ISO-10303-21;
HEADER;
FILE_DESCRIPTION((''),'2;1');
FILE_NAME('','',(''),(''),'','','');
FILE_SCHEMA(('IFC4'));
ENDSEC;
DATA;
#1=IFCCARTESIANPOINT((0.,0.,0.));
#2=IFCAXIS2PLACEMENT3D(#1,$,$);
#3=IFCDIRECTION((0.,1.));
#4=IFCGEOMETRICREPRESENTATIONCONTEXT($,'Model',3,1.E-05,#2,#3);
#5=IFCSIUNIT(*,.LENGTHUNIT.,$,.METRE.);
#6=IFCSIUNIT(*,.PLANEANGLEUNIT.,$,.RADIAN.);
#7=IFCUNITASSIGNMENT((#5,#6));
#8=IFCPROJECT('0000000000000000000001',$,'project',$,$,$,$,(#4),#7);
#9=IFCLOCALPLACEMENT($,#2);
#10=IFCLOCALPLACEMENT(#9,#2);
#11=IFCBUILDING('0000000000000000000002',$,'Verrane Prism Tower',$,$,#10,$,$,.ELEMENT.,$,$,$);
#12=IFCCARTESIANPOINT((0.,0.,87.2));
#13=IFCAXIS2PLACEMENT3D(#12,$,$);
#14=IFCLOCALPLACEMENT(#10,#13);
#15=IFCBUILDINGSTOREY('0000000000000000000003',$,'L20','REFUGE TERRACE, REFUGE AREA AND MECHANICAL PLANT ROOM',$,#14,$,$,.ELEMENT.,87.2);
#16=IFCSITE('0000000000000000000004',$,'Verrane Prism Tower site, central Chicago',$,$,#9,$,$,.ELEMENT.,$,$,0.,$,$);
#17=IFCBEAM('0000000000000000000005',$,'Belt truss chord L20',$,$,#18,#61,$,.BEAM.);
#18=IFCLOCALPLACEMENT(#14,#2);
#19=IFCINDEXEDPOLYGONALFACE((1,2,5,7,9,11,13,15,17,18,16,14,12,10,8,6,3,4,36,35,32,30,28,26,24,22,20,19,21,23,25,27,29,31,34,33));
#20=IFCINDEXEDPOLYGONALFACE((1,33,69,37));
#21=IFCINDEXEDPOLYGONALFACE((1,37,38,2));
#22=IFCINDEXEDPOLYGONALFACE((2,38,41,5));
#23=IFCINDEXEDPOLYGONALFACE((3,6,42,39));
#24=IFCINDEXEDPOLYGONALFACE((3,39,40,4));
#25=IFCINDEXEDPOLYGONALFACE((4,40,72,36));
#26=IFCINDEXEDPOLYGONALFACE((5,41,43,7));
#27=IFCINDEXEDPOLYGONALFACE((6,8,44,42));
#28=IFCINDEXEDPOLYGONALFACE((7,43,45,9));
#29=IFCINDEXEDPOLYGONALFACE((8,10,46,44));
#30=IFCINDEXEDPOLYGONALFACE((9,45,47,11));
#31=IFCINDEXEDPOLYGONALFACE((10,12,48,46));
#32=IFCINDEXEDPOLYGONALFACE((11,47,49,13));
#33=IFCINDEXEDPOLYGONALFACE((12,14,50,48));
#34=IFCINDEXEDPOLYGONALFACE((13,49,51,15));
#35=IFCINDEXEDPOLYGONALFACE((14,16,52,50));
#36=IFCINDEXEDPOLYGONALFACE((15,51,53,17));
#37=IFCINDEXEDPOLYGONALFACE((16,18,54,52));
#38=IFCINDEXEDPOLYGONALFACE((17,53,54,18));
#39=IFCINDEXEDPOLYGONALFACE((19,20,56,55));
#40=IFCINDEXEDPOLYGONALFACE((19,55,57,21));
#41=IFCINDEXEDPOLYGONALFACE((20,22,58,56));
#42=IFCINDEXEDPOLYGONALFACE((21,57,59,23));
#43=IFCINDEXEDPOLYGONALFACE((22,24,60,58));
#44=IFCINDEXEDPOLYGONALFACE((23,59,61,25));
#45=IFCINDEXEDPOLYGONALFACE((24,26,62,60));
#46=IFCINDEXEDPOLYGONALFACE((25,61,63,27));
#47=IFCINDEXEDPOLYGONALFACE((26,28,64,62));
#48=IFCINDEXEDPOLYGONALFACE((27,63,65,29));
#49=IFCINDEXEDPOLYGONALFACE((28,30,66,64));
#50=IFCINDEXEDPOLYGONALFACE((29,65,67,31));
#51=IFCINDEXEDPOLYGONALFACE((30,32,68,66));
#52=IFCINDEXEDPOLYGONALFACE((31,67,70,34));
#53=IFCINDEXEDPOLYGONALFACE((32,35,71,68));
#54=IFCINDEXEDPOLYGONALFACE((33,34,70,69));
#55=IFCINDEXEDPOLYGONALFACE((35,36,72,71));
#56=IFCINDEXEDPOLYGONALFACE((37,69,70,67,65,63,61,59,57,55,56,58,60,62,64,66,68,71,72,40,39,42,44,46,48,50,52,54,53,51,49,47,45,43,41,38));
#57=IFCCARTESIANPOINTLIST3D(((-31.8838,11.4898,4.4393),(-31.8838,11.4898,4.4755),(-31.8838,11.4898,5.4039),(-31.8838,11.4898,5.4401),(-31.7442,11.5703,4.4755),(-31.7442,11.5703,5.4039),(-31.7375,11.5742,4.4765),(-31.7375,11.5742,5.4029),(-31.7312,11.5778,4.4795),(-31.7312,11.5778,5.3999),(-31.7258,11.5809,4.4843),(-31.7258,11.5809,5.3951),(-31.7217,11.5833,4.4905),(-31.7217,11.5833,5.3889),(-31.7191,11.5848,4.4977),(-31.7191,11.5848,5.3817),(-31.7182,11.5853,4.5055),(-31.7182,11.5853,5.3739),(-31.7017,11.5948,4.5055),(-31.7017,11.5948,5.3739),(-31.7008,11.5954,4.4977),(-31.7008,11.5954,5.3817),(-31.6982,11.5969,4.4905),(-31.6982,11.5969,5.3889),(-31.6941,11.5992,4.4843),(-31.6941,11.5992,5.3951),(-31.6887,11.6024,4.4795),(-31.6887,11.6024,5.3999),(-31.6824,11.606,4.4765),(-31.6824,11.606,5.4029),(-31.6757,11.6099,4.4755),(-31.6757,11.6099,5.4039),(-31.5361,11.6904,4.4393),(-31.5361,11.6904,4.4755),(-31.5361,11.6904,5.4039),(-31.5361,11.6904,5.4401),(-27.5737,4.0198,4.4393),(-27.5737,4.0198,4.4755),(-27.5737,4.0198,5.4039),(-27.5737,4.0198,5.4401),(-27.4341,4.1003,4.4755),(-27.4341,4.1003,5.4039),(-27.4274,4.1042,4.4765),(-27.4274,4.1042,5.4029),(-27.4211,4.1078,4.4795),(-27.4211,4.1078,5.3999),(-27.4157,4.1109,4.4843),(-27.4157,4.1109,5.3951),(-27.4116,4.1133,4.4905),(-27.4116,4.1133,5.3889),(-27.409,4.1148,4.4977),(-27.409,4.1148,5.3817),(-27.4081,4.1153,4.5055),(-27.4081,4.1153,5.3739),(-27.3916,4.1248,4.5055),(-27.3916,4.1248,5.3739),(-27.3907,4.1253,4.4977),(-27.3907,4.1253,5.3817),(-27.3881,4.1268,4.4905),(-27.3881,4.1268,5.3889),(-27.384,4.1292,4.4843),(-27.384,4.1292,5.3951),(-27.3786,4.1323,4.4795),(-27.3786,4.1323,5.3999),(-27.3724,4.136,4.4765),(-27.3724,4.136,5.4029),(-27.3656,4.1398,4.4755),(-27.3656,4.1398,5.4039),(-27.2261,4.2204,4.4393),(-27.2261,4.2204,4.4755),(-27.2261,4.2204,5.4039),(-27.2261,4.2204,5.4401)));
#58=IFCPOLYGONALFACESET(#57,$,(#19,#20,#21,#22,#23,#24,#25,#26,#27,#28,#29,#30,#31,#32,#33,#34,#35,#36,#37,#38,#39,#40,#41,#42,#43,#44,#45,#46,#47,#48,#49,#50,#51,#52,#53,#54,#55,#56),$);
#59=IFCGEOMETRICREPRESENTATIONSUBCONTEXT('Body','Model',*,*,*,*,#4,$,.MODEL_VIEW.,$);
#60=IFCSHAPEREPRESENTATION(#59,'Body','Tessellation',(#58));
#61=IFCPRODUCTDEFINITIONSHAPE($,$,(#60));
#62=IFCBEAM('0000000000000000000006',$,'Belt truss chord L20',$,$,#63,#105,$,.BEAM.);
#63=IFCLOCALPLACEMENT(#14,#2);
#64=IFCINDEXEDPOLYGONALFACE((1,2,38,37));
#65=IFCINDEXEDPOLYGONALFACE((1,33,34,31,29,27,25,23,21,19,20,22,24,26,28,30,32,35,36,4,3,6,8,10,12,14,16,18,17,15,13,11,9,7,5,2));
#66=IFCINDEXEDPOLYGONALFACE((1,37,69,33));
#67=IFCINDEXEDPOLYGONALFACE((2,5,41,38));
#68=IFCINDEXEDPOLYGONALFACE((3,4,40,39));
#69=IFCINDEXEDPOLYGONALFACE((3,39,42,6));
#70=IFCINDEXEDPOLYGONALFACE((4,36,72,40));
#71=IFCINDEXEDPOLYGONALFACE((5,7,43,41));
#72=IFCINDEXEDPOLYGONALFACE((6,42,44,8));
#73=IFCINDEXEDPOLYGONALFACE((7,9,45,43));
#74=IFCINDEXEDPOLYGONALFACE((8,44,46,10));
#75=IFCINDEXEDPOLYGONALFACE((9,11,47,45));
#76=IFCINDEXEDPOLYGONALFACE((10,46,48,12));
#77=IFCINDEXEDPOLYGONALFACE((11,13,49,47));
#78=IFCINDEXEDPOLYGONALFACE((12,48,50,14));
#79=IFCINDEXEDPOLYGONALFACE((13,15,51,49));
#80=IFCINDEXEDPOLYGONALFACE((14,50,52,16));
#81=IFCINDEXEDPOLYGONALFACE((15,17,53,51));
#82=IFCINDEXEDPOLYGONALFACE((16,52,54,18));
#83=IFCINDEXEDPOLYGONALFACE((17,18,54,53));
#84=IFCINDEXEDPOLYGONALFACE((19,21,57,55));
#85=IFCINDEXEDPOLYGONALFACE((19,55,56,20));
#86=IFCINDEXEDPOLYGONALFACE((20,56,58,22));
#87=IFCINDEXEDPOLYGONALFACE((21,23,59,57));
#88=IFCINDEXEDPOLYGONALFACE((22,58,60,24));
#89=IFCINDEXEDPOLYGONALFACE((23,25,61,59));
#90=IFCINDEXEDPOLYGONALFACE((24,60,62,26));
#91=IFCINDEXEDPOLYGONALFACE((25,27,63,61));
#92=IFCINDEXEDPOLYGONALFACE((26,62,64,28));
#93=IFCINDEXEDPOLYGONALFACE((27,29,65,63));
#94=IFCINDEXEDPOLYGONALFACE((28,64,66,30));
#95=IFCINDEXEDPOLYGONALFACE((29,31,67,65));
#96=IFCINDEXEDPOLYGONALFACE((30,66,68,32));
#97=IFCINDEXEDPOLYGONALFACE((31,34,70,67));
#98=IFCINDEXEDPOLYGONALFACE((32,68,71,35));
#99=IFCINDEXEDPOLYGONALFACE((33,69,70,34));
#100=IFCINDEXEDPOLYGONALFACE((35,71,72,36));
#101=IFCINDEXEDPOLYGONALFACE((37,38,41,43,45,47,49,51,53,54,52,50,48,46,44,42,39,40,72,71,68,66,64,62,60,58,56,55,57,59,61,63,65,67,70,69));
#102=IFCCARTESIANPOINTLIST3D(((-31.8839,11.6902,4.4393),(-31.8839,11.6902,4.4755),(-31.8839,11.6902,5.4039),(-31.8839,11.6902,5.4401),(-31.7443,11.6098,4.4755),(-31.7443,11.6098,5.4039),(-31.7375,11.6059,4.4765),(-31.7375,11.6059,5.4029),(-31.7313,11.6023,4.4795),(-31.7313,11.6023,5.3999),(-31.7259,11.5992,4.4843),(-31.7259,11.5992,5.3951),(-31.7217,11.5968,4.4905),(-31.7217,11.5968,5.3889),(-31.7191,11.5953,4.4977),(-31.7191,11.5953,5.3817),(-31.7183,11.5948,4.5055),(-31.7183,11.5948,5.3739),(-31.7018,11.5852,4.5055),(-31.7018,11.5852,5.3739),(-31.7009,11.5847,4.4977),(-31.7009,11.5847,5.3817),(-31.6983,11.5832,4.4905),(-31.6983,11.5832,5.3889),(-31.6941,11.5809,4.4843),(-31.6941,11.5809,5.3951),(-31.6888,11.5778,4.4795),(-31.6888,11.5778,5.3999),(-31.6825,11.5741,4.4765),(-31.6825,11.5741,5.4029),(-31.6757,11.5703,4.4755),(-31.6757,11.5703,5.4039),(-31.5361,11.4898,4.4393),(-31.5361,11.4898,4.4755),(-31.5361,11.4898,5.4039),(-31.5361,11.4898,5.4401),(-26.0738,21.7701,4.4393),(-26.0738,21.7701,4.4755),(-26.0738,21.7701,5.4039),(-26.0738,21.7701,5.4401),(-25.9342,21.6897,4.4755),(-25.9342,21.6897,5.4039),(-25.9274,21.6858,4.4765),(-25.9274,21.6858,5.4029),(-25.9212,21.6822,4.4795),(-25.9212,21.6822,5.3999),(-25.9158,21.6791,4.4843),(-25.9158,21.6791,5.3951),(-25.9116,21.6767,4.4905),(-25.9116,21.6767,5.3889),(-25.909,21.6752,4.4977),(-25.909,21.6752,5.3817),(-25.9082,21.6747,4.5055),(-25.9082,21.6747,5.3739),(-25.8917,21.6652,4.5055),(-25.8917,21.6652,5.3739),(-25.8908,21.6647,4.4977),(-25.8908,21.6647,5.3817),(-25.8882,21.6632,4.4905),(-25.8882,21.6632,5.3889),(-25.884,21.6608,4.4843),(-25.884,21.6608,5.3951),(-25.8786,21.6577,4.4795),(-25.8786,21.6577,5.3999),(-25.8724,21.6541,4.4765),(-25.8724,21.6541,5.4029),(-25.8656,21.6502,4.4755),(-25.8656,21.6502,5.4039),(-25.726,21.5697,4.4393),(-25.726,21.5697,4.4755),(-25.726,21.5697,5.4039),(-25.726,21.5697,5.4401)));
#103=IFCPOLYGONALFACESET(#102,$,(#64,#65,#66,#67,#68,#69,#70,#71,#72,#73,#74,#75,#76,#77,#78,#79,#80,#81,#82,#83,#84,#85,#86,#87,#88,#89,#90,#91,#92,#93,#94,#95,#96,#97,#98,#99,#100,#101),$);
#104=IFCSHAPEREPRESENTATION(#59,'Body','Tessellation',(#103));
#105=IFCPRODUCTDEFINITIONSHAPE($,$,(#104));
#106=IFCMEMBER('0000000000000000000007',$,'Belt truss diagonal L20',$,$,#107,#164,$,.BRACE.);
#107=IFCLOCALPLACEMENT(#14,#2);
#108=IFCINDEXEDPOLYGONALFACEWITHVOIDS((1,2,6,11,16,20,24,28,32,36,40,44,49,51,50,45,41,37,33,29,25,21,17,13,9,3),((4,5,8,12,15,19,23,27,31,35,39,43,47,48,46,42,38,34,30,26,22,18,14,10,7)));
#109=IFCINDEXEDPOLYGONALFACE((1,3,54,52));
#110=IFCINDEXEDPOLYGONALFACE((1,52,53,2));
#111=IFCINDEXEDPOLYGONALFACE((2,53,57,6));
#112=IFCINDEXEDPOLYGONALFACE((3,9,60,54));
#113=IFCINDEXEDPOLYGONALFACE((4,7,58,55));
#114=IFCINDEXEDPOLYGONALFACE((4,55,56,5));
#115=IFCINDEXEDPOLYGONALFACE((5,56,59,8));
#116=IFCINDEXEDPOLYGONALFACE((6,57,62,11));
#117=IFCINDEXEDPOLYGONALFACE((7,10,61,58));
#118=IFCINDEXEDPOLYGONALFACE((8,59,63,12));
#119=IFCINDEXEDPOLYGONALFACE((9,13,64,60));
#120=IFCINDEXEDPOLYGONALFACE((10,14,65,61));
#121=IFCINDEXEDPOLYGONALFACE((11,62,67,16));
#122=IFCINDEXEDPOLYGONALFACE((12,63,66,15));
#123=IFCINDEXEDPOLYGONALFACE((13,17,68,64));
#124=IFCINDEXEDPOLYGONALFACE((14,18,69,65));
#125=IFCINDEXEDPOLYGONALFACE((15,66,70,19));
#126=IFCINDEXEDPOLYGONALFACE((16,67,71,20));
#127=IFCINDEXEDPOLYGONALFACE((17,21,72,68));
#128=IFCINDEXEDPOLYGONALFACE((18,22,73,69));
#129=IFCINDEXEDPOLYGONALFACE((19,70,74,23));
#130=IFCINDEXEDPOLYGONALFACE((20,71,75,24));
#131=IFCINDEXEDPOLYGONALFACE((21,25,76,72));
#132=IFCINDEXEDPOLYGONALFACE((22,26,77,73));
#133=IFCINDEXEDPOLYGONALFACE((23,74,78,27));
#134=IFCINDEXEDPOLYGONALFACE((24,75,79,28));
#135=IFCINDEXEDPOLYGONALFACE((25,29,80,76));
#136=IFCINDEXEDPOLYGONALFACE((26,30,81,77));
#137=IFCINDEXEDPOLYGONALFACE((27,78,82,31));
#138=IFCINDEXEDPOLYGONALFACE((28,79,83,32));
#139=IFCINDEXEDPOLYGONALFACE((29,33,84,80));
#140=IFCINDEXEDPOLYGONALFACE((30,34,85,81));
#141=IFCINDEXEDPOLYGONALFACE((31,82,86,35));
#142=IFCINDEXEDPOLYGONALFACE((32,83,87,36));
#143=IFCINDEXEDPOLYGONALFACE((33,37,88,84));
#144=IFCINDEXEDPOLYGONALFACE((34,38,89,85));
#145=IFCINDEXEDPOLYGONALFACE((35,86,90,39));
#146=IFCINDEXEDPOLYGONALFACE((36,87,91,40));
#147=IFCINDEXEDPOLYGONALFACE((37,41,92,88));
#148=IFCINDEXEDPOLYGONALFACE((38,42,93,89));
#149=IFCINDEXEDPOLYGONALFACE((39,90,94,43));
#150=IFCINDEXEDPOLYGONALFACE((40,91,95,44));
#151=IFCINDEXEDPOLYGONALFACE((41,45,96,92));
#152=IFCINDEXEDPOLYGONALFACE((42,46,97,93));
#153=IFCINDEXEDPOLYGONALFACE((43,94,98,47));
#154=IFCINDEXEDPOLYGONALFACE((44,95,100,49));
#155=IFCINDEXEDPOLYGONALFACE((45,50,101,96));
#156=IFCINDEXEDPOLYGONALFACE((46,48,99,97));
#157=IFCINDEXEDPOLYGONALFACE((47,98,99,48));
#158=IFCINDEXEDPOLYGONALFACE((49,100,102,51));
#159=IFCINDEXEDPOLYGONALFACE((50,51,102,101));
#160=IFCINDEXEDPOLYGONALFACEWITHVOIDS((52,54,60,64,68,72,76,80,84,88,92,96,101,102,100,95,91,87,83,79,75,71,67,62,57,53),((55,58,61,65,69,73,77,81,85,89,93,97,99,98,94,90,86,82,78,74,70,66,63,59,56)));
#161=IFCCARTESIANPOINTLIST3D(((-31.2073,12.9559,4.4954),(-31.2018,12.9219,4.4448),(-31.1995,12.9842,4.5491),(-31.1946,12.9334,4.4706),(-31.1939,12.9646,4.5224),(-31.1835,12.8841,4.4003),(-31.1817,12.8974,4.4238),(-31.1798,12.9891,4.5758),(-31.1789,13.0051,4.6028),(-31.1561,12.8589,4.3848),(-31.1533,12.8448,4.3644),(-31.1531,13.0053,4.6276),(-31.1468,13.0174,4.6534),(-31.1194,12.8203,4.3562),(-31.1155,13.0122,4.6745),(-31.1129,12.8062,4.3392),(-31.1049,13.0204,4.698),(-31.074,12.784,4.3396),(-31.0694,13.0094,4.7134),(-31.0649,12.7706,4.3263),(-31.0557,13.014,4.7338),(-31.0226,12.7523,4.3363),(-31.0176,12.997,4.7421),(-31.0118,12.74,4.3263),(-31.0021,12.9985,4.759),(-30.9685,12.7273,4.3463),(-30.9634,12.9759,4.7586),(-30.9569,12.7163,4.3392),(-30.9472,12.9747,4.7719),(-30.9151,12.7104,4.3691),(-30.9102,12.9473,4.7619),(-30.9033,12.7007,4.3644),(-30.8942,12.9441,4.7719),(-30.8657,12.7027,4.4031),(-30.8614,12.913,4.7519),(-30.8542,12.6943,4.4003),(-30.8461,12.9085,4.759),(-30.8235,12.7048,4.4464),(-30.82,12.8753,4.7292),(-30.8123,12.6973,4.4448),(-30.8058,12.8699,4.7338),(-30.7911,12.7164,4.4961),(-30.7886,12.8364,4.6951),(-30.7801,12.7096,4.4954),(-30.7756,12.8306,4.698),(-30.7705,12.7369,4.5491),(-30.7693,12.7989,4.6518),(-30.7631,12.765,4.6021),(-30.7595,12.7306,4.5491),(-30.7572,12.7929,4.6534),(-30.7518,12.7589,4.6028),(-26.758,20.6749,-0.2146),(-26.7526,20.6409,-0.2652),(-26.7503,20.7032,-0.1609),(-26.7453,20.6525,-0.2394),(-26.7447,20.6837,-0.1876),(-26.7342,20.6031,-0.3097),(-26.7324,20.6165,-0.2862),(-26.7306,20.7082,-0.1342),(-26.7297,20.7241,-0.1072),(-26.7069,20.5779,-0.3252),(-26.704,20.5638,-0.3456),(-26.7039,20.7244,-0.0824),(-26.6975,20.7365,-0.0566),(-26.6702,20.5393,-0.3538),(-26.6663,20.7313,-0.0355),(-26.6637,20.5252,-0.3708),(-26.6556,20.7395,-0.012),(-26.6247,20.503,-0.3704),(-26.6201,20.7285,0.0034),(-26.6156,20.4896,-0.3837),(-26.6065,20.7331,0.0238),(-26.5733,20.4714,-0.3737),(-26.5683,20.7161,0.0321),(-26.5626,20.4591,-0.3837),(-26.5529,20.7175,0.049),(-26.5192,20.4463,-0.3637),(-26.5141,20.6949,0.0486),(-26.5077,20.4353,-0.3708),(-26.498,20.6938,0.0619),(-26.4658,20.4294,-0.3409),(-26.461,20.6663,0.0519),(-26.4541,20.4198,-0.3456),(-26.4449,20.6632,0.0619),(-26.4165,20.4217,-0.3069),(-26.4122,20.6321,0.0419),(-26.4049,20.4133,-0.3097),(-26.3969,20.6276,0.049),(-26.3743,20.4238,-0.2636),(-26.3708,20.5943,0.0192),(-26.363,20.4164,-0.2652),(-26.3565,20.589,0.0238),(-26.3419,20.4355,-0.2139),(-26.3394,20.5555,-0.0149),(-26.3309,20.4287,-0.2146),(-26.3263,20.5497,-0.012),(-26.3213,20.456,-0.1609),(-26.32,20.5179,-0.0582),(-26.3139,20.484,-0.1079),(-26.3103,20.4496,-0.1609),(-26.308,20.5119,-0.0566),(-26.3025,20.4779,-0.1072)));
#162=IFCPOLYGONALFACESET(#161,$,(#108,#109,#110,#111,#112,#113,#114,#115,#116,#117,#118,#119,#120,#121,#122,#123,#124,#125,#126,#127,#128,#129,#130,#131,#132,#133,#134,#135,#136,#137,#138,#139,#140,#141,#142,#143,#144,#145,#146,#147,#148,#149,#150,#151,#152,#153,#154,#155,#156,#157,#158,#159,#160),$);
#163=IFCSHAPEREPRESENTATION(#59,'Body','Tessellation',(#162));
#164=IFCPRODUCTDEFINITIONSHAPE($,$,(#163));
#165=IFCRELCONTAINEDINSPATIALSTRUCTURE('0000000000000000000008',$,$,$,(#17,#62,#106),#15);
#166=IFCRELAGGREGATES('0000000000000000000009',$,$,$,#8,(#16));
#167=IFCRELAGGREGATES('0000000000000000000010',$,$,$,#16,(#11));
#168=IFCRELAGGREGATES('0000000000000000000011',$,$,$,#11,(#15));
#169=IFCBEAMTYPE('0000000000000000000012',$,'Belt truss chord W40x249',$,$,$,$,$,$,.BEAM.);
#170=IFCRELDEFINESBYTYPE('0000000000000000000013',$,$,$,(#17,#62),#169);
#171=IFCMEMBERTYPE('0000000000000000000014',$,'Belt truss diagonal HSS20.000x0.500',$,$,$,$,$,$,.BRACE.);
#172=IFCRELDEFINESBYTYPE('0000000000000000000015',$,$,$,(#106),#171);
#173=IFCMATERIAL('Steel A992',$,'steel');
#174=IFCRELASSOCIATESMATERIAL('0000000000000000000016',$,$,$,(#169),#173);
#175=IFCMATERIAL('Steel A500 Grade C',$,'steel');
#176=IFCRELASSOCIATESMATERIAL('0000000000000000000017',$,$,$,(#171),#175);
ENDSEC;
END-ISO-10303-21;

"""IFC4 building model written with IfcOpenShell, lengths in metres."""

from ifc_helpers import new_model, si_unit, direction, frame, origin, origin_2d, place, context, subcontext, project, spatial, hollow_circle, i_section, extrude, material, material_profile, profile_set, type_object, element, save


model = new_model("IFC4")

# Units and contexts
model_context = context("Model", 3, precision=1e-05, world=origin(), true_north=direction((0.0, 1.0)))
body_context = subcontext(model_context, "Body", "Model", "MODEL_VIEW")
ifc_project = project(units=[si_unit("LENGTHUNIT", "METRE"), si_unit("PLANEANGLEUNIT", "RADIAN")], contexts=[model_context])

# Site, building, storey
site_placement = place(None, origin())
site = spatial("IfcSite", under=ifc_project, at=site_placement, Name="Verrane Prism Tower site, central Chicago", CompositionType="ELEMENT", RefElevation=0.0)
building_placement = place(site_placement, origin())
building = spatial("IfcBuilding", under=site, at=building_placement, Name="Verrane Prism Tower", CompositionType="ELEMENT")
storey_placement = place(building_placement, frame((0.0, 0.0, 87.2)))
storey = spatial("IfcBuildingStorey", under=building, at=storey_placement, Name="L20", Description="REFUGE TERRACE, REFUGE AREA AND MECHANICAL PLANT ROOM", CompositionType="ELEMENT", Elevation=87.2)

# Beams
ifc_material_1 = material(Name="Steel A992", Category="steel")
ifc_material_profile_1 = material_profile(ifc_material_1, i_section(OverallWidth=0.4014, OverallDepth=1.0007, WebThickness=0.019, FlangeThickness=0.0361, FilletRadius=0.03, at=origin_2d()), Name="W40x249")
ifc_profile_set_1 = profile_set([ifc_material_profile_1], Name="Steel A992")
beam_type_1 = type_object("IfcBeamType", Name="Belt truss chord W40x249", PredefinedType="BEAM", material=ifc_profile_set_1)
beam_1_placement = place(storey_placement, frame((-31.71, 11.5901, 4.9397), z_axis=(0.499762, -0.866162, 0.0), x_axis=(0.866162, 0.499762, 0.0)))
element("IfcBeam", 1, at=beam_1_placement, inside=storey, type_object=beam_type_1, Name="Belt truss chord L20", PredefinedType="BEAM", context=body_context, shape_type="SweptSolid", body=[
    extrude(i_section(OverallWidth=0.4014, OverallDepth=1.0007, WebThickness=0.019, FlangeThickness=0.0361, FilletRadius=0.03, at=origin_2d()), origin(), (0.0, 0.0, 1.0), 8.6243),
])
beam_2_placement = place(storey_placement, frame((-25.8999, 21.6699, 4.9397), z_axis=(-0.499385, -0.86638, 0.0), x_axis=(0.86638, -0.499385, 0.0)))
element("IfcBeam", 2, at=beam_2_placement, inside=storey, type_object=beam_type_1, Name="Belt truss chord L20", PredefinedType="BEAM", context=body_context, shape_type="SweptSolid", body=[
    extrude(i_section(OverallWidth=0.4014, OverallDepth=1.0007, WebThickness=0.019, FlangeThickness=0.0361, FilletRadius=0.03, at=origin_2d()), origin(), (0.0, 0.0, 1.0), 11.6345),
])

# Member
ifc_material_2 = material(Name="Steel A500 Grade C", Category="steel")
ifc_material_profile_2 = material_profile(ifc_material_2, hollow_circle(Radius=0.2539, WallThickness=0.0127, at=origin_2d()), Name="HSS20.000x0.500")
ifc_profile_set_2 = profile_set([ifc_material_profile_2], Name="Steel A500 Grade C")
member_type_1 = type_object("IfcMemberType", Name="Belt truss diagonal HSS20.000x0.500", PredefinedType="BRACE", material=ifc_profile_set_2)
member_1_placement = place(storey_placement, frame((-26.5303, 20.5764, -0.1609), z_axis=(-0.441487, -0.76594, 0.46736), x_axis=(0.866382, -0.499382, 0.0)))
element("IfcMember", 3, at=member_1_placement, inside=storey, type_object=member_type_1, Name="Belt truss diagonal L20", PredefinedType="BRACE", context=body_context, shape_type="SweptSolid", body=[
    extrude(hollow_circle(Radius=0.2539, WallThickness=0.0127, at=origin_2d()), origin(), (0.0, 0.0, 1.0), 10.0779),
])

save(model, "model.ifc")
